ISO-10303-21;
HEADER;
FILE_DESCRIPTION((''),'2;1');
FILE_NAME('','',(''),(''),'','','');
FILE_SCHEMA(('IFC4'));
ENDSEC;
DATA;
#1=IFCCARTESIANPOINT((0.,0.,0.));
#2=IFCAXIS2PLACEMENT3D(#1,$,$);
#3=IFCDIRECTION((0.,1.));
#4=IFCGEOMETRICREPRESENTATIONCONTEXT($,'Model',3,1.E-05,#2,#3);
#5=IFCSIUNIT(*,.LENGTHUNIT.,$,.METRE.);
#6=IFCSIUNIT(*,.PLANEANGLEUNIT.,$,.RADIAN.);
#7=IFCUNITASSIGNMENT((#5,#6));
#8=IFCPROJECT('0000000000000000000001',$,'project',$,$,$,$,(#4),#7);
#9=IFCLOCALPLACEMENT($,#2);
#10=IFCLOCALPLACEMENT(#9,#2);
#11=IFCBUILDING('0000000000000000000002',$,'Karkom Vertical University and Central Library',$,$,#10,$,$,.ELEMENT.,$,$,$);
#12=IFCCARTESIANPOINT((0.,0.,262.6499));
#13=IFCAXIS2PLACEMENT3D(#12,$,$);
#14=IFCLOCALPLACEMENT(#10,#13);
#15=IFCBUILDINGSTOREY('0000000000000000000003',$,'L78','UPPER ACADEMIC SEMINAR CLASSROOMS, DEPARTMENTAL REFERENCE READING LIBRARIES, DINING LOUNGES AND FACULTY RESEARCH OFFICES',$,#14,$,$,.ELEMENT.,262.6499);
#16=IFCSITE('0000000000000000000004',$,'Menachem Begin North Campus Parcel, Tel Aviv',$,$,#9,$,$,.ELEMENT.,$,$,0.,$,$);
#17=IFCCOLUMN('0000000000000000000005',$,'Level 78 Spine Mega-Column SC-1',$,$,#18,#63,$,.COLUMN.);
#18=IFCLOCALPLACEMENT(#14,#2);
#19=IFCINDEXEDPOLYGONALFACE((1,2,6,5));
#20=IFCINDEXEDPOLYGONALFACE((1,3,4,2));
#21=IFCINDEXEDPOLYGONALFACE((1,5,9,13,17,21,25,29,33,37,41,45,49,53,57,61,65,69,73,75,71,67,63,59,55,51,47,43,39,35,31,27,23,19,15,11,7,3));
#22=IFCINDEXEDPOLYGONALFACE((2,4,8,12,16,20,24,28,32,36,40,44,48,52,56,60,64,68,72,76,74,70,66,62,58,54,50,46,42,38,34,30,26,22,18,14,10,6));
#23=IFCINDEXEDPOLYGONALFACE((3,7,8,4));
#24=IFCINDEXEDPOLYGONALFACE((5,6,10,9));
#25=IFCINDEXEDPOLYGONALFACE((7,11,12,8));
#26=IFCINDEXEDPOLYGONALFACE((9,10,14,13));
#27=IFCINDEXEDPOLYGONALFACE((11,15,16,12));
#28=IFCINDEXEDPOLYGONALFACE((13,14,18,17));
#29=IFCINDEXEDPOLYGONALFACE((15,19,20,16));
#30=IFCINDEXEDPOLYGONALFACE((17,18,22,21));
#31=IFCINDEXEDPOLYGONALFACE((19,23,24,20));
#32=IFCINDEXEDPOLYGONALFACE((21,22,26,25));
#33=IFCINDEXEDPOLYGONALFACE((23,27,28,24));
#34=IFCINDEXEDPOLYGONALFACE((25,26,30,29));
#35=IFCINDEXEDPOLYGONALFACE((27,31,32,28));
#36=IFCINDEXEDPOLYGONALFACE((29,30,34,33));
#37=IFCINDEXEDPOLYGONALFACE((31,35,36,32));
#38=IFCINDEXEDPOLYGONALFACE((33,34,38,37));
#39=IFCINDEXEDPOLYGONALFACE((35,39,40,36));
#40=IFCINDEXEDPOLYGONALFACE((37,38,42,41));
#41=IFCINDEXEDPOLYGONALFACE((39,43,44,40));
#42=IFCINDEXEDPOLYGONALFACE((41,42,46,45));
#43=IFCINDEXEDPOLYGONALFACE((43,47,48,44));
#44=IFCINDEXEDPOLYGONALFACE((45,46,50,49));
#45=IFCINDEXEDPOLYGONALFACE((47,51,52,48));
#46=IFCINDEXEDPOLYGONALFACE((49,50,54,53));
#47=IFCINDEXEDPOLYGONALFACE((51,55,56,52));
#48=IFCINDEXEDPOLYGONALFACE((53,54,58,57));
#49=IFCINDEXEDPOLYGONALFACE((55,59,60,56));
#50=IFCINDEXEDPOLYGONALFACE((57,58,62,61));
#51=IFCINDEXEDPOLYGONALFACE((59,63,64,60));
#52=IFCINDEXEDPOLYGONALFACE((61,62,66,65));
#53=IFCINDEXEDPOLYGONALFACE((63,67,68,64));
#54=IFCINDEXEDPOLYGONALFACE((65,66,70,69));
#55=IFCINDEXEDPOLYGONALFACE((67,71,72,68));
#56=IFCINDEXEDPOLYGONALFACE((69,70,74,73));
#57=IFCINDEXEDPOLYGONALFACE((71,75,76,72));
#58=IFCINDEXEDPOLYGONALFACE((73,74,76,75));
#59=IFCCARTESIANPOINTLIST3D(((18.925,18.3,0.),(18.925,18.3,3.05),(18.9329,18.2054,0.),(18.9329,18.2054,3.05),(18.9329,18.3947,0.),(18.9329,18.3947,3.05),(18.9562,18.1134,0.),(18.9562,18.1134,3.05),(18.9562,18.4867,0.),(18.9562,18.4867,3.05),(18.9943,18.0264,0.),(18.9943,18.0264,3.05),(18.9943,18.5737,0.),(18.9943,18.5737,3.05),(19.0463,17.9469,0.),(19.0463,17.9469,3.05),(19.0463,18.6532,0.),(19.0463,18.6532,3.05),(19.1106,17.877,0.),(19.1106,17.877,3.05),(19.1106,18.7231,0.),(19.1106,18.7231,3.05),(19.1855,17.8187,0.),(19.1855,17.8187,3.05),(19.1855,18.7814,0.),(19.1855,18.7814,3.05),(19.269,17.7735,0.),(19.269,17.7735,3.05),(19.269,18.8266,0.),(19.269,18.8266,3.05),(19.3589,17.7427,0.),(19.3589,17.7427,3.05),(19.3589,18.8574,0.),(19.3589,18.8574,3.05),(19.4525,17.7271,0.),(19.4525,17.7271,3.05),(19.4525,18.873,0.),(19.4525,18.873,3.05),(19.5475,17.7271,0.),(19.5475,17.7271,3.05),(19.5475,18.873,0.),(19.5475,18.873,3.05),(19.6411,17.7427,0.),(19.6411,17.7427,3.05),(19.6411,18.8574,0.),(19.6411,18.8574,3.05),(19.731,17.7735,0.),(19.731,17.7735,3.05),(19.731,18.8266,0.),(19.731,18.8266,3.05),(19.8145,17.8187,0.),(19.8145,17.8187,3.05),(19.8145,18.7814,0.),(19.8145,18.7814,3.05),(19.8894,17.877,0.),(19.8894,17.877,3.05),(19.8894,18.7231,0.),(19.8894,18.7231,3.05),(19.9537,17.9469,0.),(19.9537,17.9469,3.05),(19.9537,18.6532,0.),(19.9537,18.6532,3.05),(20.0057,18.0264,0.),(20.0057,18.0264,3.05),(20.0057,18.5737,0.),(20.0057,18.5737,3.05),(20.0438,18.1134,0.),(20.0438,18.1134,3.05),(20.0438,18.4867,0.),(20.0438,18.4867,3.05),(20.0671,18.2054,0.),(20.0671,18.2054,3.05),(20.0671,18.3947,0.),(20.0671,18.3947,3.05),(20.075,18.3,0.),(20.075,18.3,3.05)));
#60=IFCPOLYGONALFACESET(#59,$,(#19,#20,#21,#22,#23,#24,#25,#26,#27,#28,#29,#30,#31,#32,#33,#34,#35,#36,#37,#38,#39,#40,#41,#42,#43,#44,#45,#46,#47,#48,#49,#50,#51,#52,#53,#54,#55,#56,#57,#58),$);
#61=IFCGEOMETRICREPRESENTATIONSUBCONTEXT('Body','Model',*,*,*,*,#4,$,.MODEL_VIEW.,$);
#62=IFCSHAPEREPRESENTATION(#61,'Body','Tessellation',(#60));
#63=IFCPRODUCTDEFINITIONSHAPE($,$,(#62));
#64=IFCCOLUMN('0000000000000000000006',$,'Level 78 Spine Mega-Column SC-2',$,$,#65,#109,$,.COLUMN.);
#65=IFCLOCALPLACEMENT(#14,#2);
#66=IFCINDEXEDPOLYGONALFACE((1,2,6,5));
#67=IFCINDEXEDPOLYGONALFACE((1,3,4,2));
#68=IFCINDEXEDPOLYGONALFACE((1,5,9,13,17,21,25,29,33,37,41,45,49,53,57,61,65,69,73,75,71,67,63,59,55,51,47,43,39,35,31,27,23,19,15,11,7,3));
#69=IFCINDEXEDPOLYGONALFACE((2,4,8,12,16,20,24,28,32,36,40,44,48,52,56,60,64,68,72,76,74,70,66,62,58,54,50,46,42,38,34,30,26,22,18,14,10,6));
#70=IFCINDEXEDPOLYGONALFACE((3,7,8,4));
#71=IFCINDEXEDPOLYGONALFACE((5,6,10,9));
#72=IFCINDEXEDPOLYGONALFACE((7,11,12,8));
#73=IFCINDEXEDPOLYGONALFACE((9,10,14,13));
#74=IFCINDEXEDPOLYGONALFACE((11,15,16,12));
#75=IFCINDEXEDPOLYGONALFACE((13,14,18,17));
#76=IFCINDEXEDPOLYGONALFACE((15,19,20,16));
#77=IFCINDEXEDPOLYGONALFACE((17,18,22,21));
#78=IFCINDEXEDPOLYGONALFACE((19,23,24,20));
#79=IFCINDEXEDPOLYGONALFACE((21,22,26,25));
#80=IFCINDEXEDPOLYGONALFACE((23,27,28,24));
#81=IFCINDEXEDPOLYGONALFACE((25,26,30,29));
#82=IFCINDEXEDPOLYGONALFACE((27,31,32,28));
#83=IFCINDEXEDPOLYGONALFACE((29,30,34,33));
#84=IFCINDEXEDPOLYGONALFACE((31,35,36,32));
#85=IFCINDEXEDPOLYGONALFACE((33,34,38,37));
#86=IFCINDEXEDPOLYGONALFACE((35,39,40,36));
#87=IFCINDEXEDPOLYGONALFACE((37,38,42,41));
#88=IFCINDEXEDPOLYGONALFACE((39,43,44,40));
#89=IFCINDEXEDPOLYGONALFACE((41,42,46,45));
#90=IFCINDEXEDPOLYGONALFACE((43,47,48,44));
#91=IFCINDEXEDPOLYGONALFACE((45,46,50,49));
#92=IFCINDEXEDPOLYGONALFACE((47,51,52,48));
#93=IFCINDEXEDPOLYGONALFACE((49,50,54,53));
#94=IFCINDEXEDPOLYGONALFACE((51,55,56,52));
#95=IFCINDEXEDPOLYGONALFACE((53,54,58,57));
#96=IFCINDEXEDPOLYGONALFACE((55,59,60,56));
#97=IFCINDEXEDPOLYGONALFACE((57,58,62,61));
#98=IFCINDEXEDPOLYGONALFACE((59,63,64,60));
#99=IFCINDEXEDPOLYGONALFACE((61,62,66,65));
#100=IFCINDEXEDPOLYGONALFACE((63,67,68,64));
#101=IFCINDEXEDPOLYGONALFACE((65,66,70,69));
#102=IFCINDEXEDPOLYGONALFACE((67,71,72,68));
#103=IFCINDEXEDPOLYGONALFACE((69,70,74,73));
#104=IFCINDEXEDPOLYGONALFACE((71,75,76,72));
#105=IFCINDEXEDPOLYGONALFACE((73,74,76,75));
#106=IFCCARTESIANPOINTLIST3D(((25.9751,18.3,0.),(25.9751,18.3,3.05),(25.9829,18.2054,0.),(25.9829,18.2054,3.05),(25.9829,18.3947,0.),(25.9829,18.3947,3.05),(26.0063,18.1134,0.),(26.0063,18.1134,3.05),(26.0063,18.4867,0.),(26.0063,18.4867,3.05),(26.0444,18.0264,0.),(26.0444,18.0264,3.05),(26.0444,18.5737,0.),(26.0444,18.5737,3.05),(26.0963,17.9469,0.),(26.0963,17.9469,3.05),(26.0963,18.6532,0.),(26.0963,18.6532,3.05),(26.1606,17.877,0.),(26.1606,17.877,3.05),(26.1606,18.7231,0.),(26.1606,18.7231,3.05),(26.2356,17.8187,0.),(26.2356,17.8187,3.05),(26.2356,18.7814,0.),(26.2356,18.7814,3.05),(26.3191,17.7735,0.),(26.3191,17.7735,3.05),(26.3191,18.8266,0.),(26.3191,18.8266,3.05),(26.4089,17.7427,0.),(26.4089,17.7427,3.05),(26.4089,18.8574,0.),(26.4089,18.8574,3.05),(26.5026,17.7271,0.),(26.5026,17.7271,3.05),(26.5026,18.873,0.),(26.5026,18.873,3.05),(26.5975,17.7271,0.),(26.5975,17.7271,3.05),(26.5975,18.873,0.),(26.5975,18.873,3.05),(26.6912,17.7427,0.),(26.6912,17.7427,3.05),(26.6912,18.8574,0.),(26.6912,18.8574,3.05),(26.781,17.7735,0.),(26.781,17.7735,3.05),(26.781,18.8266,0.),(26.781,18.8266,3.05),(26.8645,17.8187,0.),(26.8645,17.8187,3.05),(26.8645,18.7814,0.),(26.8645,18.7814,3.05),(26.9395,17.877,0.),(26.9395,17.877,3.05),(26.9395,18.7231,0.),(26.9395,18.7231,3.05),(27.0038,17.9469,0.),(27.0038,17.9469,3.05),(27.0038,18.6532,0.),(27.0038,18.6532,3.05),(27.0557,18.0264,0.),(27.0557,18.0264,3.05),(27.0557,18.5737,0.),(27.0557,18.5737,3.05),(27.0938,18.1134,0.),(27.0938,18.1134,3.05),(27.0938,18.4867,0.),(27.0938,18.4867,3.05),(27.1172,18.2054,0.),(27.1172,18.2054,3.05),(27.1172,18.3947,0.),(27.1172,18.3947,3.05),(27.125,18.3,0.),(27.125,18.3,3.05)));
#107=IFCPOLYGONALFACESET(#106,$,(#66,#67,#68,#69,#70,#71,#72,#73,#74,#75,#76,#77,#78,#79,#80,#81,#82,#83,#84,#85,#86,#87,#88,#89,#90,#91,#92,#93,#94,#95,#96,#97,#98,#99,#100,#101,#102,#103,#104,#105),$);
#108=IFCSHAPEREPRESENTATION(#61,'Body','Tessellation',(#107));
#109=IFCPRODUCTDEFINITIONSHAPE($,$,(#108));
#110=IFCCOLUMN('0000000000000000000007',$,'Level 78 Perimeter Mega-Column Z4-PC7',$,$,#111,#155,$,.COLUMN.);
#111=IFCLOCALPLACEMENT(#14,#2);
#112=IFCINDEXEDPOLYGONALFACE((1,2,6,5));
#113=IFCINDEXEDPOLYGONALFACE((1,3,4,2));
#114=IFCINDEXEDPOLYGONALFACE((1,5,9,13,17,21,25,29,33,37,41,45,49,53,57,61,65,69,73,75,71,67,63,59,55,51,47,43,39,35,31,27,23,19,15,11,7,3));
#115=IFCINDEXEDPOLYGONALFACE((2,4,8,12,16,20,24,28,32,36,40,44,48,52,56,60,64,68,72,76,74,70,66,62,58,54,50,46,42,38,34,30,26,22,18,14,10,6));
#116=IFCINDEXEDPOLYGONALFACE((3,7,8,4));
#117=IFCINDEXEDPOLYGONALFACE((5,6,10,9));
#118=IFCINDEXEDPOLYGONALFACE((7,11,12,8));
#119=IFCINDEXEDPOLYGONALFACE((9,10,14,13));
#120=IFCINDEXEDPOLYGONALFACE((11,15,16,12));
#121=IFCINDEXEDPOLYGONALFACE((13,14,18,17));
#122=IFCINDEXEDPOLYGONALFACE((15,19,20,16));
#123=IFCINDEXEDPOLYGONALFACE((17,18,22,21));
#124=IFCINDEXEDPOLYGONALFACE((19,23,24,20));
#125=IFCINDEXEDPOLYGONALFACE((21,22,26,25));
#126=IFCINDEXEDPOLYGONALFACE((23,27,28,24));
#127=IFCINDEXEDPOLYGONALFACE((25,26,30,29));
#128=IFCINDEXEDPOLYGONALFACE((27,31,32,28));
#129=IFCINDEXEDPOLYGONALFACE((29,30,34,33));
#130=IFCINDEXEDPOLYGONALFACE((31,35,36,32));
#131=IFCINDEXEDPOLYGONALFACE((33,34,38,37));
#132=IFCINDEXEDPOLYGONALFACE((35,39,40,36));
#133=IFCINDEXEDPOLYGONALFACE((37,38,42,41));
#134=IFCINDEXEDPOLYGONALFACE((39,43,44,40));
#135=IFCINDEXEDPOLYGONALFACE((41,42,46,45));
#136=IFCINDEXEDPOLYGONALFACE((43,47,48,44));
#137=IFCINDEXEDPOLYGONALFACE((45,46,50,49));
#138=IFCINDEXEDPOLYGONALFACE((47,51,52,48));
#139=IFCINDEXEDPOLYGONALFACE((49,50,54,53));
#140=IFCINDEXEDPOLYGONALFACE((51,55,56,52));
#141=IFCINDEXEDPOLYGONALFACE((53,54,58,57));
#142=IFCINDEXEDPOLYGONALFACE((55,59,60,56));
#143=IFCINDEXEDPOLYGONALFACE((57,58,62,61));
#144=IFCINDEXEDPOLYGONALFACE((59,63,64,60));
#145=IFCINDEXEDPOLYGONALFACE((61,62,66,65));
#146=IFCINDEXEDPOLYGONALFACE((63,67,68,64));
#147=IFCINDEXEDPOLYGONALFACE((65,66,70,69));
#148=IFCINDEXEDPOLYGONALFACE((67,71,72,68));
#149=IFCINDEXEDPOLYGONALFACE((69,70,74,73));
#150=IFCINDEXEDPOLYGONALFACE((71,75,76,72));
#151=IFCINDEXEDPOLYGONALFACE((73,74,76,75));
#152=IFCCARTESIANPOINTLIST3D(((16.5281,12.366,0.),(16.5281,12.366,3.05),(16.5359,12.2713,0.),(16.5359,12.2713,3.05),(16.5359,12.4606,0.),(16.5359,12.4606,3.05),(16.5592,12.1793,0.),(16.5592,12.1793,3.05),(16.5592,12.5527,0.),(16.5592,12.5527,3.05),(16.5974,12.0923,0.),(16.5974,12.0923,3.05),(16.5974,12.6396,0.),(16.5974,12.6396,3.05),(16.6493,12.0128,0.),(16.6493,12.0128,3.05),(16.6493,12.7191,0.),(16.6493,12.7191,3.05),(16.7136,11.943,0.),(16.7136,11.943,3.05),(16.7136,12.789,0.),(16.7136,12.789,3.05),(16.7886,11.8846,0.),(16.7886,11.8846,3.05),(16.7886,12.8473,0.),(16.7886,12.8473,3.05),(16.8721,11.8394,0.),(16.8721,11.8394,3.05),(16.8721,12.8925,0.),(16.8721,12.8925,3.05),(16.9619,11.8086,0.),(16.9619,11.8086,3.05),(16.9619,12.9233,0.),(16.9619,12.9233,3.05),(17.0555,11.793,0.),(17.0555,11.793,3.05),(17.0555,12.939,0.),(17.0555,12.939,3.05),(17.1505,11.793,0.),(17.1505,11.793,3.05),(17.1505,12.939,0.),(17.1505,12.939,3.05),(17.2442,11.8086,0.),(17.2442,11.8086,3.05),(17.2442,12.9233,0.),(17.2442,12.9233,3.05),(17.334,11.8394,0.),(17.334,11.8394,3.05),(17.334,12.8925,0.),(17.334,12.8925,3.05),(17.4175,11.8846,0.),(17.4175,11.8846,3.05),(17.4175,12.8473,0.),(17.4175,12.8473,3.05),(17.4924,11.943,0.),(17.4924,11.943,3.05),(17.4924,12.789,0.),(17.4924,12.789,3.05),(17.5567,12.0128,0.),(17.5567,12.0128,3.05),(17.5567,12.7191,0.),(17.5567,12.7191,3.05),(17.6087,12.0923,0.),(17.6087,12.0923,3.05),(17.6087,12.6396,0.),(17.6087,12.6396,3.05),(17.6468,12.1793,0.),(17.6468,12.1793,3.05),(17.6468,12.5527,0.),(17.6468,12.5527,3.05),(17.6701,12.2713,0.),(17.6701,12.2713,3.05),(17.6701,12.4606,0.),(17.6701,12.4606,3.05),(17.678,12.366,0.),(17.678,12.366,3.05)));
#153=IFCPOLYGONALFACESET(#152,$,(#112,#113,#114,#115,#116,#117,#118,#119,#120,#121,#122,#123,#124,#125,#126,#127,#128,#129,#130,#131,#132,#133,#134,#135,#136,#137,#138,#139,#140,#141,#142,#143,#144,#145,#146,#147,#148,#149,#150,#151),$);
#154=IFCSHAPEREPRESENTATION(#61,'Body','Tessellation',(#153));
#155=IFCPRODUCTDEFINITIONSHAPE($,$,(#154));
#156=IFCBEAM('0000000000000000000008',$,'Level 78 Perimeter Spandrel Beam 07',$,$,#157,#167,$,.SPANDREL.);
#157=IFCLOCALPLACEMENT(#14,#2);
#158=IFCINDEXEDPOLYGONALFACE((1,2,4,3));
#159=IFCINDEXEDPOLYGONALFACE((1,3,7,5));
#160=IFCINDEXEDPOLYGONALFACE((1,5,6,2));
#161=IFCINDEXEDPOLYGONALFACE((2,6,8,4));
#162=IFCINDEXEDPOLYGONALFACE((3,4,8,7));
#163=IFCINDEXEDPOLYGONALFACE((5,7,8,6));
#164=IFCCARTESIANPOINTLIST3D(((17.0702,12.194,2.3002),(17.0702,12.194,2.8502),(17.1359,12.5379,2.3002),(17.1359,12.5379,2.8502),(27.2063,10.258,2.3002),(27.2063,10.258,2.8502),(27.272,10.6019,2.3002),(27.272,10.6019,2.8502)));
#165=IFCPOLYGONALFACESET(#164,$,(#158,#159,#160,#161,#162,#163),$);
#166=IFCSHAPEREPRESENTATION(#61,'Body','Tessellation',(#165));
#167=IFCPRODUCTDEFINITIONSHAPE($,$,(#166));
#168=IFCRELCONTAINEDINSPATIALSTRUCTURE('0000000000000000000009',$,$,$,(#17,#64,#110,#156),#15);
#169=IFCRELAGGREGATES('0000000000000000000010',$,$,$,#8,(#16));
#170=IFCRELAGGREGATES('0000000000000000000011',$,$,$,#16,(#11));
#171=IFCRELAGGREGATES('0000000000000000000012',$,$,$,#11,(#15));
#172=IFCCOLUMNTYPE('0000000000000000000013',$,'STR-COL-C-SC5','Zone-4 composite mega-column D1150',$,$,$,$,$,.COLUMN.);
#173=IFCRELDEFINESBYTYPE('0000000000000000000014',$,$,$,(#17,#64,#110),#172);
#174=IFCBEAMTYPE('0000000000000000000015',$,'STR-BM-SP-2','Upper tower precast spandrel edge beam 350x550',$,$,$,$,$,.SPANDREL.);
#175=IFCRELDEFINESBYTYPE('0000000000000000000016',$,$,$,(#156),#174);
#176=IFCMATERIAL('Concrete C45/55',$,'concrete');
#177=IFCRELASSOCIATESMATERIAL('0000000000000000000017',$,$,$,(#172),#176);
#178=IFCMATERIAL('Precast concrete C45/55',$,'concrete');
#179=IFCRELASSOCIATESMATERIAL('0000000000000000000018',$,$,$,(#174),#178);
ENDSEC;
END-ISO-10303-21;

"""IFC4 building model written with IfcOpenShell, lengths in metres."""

from ifc_helpers import new_model, si_unit, direction, frame, origin, origin_with_axes, origin_2d, place, context, subcontext, project, spatial, rectangle, circle, extrude, source, transform, mapped, material, material_profile, profile_set, type_object, element, save


model = new_model("IFC4")

# Units and contexts
model_context = context("Model", 3, precision=1e-05, world=origin(), true_north=direction((0.0, 1.0)))
body_context = subcontext(model_context, "Body", "Model", "MODEL_VIEW")
ifc_project = project(units=[si_unit("LENGTHUNIT", "METRE"), si_unit("PLANEANGLEUNIT", "RADIAN")], contexts=[model_context])

# Site, building, storey
site_placement = place(None, origin())
site = spatial("IfcSite", under=ifc_project, at=site_placement, Name="Menachem Begin North Campus Parcel, Tel Aviv", CompositionType="ELEMENT", RefElevation=0.0)
building_placement = place(site_placement, origin())
building = spatial("IfcBuilding", under=site, at=building_placement, Name="Karkom Vertical University and Central Library", CompositionType="ELEMENT")
storey_placement = place(building_placement, frame((0.0, 0.0, 262.6499)))
storey = spatial("IfcBuildingStorey", under=building, at=storey_placement, Name="L78", Description="UPPER ACADEMIC SEMINAR CLASSROOMS, DEPARTMENTAL REFERENCE READING LIBRARIES, DINING LOUNGES AND FACULTY RESEARCH OFFICES", CompositionType="ELEMENT", Elevation=262.6499)

# Columns
ifc_material_1 = material(Name="Concrete C45/55", Category="concrete")
ifc_material_profile_1 = material_profile(ifc_material_1, circle(Radius=0.575, at=origin_2d()), Name="CFT-D1150")
ifc_profile_set_1 = profile_set([ifc_material_profile_1], Name="Concrete C45/55")
column_type = type_object("IfcColumnType", Name="STR-COL-C-SC5", Description="Zone-4 composite mega-column D1150", PredefinedType="COLUMN", material=ifc_profile_set_1)
shared_shape_1 = source(origin_with_axes(), body_context, "Body", "SweptSolid", [
    extrude(circle(Radius=0.575, at=origin_2d()), origin(), (0.0, 0.0, 1.0), 3.05),
])
for number, where, z_axis, x_axis, name in (
    (1, (19.5, 18.3, 0.0), (0.0, 0.0, 1.0), (1.0, 0.0, 0.0), "Level 78 Spine Mega-Column SC-1"),
    (2, (26.55, 18.3, 0.0), (0.0, 0.0, 1.0), (1.0, 0.0, 0.0), "Level 78 Spine Mega-Column SC-2"),
    (3, (17.103, 12.366, 0.0), (0.0, 0.0, 1.0), (1.0, 0.0, 0.0), "Level 78 Perimeter Mega-Column Z4-PC7"),
):
    element("IfcColumn", number, at=place(storey_placement, frame(where, z_axis=z_axis, x_axis=x_axis)), inside=storey, type_object=column_type, Name=name, PredefinedType="COLUMN", context=body_context, shape_type="MappedRepresentation", body=[
        mapped(shared_shape_1, transform((0.0, 0.0, 0.0), scale=1.0)),
    ])

# Beam
ifc_material_2 = material(Name="Precast concrete C45/55", Category="concrete")
ifc_material_profile_2 = material_profile(ifc_material_2, rectangle(XDim=0.3501, YDim=0.55, at=origin_2d()), Name="SPB-350x550")
ifc_profile_set_2 = profile_set([ifc_material_profile_2], Name="Precast concrete C45/55")
beam_type_1 = type_object("IfcBeamType", Name="STR-BM-SP-2", Description="Upper tower precast spandrel edge beam 350x550", PredefinedType="SPANDREL", material=ifc_profile_set_2)
shared_shape_2 = source(origin_with_axes(), body_context, "Body", "SweptSolid", [
    extrude(rectangle(XDim=0.3501, YDim=0.55, at=origin_2d()), origin(), (0.0, 0.0, 1.0), 10.3193),
])
beam_1_placement = place(storey_placement, frame((17.103, 12.366, 2.5752), z_axis=(0.982243, -0.187614, 0.0), x_axis=(0.187614, 0.982243, 0.0)))
element("IfcBeam", 4, at=beam_1_placement, inside=storey, type_object=beam_type_1, Name="Level 78 Perimeter Spandrel Beam 07", PredefinedType="SPANDREL", context=body_context, shape_type="MappedRepresentation", body=[
    mapped(shared_shape_2, transform((0.0, 0.0, 0.0), scale=1.0)),
])

save(model, "model.ifc")
